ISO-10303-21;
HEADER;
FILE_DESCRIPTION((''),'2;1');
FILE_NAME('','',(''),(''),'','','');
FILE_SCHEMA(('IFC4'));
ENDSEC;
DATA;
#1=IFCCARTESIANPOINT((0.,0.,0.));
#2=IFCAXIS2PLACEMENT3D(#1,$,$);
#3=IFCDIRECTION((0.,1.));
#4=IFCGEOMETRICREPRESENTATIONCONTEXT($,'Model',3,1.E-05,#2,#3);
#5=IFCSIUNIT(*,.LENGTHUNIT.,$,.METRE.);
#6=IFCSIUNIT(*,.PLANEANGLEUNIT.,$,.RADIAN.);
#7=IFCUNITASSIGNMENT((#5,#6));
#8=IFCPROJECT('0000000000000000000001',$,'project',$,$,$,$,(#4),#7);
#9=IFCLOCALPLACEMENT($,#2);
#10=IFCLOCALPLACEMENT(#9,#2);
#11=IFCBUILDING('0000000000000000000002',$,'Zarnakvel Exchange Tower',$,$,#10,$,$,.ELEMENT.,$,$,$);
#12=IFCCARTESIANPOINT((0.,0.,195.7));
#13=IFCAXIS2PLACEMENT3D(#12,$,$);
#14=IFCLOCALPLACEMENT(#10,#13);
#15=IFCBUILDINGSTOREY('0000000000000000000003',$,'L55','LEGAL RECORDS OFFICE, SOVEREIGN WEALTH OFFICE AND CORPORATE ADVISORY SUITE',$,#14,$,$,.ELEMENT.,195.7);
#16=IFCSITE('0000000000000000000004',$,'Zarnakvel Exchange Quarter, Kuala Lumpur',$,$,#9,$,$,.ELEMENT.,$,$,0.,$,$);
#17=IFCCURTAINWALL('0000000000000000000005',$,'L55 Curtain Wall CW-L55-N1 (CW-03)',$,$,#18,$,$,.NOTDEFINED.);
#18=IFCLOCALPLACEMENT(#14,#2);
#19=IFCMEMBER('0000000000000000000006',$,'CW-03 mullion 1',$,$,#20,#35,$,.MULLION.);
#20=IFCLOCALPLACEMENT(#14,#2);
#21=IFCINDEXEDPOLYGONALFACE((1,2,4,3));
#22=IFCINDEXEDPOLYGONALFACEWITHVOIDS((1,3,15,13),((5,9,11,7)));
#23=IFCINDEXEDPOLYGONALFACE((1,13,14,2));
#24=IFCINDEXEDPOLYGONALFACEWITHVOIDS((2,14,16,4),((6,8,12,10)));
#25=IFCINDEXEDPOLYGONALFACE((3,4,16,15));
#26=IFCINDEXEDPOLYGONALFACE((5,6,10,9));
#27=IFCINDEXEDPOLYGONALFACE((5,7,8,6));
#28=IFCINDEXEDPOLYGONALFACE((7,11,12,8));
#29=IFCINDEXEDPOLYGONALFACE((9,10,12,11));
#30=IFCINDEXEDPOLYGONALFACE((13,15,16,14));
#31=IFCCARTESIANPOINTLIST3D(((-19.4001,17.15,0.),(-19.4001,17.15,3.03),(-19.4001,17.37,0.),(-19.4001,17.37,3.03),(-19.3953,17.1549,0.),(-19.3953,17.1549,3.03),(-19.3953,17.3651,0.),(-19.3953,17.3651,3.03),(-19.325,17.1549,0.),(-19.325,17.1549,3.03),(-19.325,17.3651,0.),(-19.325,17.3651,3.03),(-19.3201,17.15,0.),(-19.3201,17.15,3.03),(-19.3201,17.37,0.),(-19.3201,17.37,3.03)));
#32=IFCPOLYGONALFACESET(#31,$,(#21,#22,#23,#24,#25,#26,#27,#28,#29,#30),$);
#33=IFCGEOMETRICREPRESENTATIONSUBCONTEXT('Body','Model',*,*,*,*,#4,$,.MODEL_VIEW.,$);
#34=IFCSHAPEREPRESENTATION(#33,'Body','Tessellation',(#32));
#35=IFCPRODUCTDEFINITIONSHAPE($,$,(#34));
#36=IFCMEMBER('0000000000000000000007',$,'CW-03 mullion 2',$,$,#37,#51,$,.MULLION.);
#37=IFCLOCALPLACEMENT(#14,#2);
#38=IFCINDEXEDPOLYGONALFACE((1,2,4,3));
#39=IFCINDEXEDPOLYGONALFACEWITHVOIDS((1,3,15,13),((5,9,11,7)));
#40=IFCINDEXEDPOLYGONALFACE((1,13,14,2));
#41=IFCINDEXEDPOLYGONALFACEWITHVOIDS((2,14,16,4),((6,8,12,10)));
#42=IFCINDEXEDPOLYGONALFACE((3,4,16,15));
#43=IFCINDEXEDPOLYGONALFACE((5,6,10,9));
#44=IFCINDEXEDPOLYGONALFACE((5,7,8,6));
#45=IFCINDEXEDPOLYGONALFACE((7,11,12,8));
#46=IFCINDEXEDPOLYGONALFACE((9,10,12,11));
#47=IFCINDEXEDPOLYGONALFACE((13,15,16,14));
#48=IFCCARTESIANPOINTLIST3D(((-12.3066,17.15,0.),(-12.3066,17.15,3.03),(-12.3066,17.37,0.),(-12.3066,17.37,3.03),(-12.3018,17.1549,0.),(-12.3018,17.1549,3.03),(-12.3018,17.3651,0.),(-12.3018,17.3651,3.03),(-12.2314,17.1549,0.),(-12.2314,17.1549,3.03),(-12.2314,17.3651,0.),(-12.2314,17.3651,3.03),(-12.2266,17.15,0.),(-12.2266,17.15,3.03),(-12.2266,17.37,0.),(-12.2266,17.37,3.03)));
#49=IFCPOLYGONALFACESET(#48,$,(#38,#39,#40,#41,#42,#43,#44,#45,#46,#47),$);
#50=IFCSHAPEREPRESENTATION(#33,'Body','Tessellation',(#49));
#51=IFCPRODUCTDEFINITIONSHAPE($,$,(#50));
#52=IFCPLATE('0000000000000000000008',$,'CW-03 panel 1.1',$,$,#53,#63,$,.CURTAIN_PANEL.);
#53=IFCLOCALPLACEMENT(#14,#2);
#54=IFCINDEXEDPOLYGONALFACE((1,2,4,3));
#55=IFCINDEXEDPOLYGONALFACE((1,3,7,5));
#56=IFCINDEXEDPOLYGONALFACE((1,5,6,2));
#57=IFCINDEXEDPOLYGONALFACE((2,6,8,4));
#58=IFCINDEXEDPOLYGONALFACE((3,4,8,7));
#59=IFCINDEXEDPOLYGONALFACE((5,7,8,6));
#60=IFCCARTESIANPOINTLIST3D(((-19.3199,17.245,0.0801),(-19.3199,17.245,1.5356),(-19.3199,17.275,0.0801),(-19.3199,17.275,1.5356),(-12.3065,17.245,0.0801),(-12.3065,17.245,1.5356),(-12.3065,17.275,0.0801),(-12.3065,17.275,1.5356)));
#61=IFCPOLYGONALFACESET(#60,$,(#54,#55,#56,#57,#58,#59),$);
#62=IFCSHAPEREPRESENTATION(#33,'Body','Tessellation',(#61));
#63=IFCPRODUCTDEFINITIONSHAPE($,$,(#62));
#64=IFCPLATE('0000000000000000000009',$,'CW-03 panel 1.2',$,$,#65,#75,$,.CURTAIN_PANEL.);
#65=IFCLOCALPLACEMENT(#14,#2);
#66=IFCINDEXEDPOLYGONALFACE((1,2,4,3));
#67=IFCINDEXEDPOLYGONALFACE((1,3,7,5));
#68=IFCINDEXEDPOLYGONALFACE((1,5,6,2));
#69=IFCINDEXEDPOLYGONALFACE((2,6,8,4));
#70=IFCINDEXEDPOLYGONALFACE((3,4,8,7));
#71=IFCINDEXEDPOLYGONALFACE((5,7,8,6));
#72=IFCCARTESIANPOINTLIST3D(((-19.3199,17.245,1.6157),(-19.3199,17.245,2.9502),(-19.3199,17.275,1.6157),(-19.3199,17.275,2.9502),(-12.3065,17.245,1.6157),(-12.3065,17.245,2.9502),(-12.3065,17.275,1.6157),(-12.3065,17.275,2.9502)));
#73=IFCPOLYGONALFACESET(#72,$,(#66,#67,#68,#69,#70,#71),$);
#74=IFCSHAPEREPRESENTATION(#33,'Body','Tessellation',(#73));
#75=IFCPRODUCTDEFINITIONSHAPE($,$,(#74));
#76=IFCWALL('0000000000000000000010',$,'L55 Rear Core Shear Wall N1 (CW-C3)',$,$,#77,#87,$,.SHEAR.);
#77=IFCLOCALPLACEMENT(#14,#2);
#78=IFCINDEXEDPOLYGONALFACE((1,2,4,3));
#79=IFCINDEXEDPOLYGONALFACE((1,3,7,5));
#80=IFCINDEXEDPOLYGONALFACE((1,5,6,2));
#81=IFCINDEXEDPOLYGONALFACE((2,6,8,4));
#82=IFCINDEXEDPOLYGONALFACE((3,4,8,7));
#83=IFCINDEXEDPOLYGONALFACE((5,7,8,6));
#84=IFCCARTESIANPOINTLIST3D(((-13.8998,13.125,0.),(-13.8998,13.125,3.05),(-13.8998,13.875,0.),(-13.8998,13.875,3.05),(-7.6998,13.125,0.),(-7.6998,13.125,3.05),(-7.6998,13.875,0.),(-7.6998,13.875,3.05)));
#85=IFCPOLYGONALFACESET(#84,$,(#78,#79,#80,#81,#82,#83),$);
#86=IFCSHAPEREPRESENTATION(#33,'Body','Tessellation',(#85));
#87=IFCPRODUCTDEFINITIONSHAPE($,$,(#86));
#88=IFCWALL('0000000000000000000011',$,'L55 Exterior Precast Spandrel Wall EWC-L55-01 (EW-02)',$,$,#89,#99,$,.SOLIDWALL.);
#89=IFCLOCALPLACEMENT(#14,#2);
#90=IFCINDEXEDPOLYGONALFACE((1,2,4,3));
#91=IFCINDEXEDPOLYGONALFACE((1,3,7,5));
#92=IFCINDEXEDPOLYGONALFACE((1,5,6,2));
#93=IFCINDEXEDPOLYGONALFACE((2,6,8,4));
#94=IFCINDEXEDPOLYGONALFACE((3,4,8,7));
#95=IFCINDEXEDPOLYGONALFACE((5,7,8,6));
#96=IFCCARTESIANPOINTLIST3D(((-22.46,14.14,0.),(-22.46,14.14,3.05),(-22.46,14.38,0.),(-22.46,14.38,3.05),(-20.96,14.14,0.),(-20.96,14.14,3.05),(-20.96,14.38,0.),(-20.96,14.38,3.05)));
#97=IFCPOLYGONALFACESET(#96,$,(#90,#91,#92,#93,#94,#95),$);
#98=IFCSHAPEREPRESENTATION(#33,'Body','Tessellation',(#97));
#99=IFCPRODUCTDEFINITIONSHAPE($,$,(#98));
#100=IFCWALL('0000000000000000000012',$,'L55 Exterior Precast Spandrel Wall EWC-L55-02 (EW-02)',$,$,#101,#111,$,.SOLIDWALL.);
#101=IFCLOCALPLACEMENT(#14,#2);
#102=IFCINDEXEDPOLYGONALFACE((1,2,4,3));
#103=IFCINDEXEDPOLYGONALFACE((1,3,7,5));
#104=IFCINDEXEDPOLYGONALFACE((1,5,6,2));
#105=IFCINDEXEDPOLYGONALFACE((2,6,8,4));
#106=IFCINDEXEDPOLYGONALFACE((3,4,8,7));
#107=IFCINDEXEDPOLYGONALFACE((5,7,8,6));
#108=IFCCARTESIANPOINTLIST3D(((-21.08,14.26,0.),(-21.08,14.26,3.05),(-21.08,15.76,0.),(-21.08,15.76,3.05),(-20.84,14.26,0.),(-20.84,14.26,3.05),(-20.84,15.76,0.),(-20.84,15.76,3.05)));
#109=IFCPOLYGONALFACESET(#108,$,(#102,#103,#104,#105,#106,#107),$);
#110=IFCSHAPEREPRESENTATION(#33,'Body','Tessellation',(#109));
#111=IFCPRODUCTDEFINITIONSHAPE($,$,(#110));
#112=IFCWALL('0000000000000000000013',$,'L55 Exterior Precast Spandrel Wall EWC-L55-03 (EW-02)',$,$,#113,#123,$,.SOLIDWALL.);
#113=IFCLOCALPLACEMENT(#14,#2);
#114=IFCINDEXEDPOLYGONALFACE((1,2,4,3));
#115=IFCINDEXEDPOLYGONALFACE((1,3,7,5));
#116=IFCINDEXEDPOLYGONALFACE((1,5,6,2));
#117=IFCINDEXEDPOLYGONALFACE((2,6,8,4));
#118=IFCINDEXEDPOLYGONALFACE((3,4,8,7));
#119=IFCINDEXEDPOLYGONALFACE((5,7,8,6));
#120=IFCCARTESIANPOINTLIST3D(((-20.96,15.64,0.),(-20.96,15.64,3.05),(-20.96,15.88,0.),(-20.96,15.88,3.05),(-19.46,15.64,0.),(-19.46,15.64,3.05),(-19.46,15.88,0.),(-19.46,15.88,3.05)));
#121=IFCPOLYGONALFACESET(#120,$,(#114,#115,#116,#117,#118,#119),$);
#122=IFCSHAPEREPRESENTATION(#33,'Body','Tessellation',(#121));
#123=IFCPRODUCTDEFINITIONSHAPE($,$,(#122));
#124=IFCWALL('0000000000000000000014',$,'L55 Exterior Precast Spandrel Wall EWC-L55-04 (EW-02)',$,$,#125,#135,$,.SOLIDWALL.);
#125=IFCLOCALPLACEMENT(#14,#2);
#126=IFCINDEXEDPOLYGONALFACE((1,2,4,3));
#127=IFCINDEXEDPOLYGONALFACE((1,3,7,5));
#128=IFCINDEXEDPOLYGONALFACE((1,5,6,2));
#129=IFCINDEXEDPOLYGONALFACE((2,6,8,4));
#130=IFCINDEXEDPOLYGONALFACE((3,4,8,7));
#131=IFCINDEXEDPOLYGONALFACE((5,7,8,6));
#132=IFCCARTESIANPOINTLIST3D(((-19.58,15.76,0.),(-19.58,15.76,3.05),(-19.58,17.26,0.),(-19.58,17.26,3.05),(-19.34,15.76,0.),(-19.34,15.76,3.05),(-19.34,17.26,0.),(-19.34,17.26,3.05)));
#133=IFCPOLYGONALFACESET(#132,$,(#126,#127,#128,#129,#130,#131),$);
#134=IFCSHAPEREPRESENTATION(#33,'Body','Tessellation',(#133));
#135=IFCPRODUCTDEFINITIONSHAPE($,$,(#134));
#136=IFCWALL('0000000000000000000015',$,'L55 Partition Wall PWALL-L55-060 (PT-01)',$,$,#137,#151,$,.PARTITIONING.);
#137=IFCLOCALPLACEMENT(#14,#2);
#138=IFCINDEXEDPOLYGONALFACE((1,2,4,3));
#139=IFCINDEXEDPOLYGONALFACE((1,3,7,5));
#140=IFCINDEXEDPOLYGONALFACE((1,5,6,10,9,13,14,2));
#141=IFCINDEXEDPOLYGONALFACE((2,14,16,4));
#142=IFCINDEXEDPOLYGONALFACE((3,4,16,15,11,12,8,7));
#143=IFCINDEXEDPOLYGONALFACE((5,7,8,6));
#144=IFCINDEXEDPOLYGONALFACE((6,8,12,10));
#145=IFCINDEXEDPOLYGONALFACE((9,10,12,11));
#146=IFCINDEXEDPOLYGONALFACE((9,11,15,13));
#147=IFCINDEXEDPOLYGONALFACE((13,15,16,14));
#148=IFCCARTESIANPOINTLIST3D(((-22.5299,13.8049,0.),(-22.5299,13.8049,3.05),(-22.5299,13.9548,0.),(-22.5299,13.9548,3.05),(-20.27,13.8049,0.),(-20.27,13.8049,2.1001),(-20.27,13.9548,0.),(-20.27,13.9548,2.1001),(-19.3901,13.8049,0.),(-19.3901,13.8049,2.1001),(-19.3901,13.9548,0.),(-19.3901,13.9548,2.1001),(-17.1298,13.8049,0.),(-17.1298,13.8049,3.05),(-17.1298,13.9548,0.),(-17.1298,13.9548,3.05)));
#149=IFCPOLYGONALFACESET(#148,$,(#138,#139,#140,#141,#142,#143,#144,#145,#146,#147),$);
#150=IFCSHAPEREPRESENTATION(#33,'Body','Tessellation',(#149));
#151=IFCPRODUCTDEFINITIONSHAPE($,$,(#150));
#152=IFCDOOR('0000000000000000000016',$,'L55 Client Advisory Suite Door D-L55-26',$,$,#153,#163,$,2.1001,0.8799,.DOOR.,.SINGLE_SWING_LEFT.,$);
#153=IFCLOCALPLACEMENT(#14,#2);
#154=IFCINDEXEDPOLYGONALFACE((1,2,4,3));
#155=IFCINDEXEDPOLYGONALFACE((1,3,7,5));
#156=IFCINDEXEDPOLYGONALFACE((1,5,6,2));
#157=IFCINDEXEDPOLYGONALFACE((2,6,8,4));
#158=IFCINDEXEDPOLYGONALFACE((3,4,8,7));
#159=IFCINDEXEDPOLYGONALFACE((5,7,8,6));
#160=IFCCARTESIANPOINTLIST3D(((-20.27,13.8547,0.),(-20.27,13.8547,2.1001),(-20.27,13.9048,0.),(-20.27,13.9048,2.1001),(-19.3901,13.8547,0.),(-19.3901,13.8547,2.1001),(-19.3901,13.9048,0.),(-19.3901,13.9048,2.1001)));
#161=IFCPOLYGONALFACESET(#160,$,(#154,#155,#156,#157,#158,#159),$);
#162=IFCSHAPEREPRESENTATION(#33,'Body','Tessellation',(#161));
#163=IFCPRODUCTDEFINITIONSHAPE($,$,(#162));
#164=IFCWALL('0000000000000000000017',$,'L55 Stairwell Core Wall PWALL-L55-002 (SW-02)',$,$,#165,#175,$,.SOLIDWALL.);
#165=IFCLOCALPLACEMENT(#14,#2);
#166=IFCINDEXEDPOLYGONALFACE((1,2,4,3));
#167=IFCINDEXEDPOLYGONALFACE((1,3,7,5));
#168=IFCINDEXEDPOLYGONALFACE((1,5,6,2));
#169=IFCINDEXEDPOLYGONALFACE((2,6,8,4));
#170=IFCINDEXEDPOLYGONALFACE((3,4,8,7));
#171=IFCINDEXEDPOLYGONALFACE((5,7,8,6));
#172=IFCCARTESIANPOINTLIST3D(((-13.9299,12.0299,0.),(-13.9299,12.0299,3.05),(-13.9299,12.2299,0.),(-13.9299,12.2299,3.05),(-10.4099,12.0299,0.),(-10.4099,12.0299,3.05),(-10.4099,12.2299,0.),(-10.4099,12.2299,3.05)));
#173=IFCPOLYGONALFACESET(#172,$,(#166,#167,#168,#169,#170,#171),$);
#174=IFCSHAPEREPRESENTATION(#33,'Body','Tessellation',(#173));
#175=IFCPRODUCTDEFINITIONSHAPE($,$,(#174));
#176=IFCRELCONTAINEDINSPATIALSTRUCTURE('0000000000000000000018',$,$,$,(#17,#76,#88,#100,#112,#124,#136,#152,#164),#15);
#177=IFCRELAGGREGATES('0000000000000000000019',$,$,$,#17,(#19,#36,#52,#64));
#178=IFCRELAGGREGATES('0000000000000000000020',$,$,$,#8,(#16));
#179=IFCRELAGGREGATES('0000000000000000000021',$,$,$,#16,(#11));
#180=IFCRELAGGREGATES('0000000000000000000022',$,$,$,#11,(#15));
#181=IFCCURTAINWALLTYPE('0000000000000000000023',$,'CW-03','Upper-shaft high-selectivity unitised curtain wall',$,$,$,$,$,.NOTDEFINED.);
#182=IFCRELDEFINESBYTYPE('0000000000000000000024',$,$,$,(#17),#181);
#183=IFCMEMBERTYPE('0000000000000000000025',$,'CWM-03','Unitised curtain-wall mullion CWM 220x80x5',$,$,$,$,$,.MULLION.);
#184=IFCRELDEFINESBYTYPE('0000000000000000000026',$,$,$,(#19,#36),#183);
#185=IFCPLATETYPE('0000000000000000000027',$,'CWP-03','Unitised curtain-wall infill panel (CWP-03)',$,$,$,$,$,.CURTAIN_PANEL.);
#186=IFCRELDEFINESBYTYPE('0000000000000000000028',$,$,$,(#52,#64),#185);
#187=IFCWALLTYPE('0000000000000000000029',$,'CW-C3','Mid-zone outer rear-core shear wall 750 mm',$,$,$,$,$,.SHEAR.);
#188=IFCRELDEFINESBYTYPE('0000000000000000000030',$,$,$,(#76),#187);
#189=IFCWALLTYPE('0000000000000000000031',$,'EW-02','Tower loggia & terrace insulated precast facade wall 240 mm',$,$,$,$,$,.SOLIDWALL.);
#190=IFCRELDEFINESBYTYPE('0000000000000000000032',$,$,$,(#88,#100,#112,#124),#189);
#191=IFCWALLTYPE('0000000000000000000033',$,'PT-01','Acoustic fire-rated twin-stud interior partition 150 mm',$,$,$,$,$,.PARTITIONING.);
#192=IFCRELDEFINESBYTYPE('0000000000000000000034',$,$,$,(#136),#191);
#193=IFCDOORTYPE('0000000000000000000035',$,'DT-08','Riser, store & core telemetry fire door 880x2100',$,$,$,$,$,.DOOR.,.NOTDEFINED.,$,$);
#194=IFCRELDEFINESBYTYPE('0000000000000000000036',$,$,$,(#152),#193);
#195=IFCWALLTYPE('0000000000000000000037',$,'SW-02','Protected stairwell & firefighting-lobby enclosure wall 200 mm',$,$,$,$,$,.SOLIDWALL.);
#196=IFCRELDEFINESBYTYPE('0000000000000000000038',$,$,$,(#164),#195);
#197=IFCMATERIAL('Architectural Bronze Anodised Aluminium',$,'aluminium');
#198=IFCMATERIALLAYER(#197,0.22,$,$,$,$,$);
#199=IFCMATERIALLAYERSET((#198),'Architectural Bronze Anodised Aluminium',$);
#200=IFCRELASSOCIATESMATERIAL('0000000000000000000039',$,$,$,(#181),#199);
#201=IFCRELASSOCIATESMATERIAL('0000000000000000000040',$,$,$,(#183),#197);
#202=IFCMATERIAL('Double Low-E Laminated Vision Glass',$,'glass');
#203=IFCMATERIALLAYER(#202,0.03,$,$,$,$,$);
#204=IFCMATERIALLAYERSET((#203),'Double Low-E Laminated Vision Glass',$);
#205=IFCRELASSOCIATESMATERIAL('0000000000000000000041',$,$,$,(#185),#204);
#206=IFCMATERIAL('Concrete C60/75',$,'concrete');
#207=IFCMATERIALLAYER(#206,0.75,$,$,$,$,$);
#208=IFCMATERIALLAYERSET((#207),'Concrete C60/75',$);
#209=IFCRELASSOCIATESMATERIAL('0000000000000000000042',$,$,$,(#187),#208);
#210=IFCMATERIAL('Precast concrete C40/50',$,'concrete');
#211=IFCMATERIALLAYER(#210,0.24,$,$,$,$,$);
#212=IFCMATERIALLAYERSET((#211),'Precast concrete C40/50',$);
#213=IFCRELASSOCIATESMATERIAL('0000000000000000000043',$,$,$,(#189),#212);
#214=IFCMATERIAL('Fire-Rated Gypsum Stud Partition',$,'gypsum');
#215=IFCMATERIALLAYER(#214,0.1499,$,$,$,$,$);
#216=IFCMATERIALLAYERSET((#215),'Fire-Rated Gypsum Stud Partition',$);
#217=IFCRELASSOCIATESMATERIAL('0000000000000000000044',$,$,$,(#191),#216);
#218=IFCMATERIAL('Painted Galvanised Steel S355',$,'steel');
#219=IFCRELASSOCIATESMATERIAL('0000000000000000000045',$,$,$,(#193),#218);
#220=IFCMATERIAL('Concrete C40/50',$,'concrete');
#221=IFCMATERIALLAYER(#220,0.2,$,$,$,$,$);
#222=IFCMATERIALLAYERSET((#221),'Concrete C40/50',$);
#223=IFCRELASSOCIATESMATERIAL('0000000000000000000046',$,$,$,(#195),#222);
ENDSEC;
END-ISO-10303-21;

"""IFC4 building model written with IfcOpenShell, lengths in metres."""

from ifc_helpers import new_model, si_unit, direction, frame, frame_2d, origin, origin_2d, place, context, subcontext, project, spatial, rectangle, hollow_rectangle, extrude, source, transform, mapped, material, layer, layer_set, material_profile, profile_set, type_object, element, fill, aggregate, save


model = new_model("IFC4")

# Units and contexts
model_context = context("Model", 3, precision=1e-05, world=origin(), true_north=direction((0.0, 1.0)))
body_context = subcontext(model_context, "Body", "Model", "MODEL_VIEW")
ifc_project = project(units=[si_unit("LENGTHUNIT", "METRE"), si_unit("PLANEANGLEUNIT", "RADIAN")], contexts=[model_context])

# Site, building, storey
site_placement = place(None, origin())
site = spatial("IfcSite", under=ifc_project, at=site_placement, Name="Zarnakvel Exchange Quarter, Kuala Lumpur", CompositionType="ELEMENT", RefElevation=0.0)
building_placement = place(site_placement, origin())
building = spatial("IfcBuilding", under=site, at=building_placement, Name="Zarnakvel Exchange Tower", CompositionType="ELEMENT")
storey_placement = place(building_placement, frame((0.0, 0.0, 195.7)))
storey = spatial("IfcBuildingStorey", under=building, at=storey_placement, Name="L55", Description="LEGAL RECORDS OFFICE, SOVEREIGN WEALTH OFFICE AND CORPORATE ADVISORY SUITE", CompositionType="ELEMENT", Elevation=195.7)

# Shared definitions
ifc_material_1 = material(Name="Concrete C60/75", Category="concrete")

# Shared definitions
ifc_material_2 = material(Name="Architectural Bronze Anodised Aluminium", Category="aluminium")

# Curtain wall, members, plates
ifc_layer_1 = layer(ifc_material_2, 0.22)
ifc_layer_set_1 = layer_set([ifc_layer_1], Name="Architectural Bronze Anodised Aluminium")
curtain_wall_type_1 = type_object("IfcCurtainWallType", Name="CW-03", Description="Upper-shaft high-selectivity unitised curtain wall", PredefinedType="NOTDEFINED", material=ifc_layer_set_1)
curtain_wall_1_placement = place(storey_placement, origin())
curtain_wall_1 = element("IfcCurtainWall", 1, at=curtain_wall_1_placement, inside=storey, type_object=curtain_wall_type_1, Name="L55 Curtain Wall CW-L55-N1 (CW-03)", PredefinedType="NOTDEFINED")
ifc_material_profile_1 = material_profile(ifc_material_2, hollow_rectangle(XDim=0.22, YDim=0.0801, WallThickness=0.0049, at=origin_2d()))
ifc_profile_set_1 = profile_set([ifc_material_profile_1], Name="Architectural Bronze Anodised Aluminium")
member_type_1 = type_object("IfcMemberType", Name="CWM-03", Description="Unitised curtain-wall mullion CWM 220x80x5", PredefinedType="MULLION", material=ifc_profile_set_1)
shared_shape_1 = source(origin(), body_context, "Body", "SweptSolid", [
    extrude(hollow_rectangle(XDim=0.22, YDim=0.0801, WallThickness=0.0049, at=origin_2d()), origin(), (0.0, 0.0, 1.0), 3.03),
])
member_1_placement = place(storey_placement, frame((-19.3601, 17.26, 0.0), z_axis=(0.0, 0.0, 1.0), x_axis=(0.0, 1.0, 0.0)))
member_1 = element("IfcMember", 2, at=member_1_placement, type_object=member_type_1, Name="CW-03 mullion 1", PredefinedType="MULLION", context=body_context, shape_type="MappedRepresentation", body=[
    mapped(shared_shape_1, transform((0.0, 0.0, 0.0), x_axis=(1.0, 0.0, 0.0), y_axis=(0.0, 1.0, 0.0), z_axis=(0.0, 0.0, 1.0), scale=1.0)),
])
member_2_placement = place(storey_placement, frame((-12.2666, 17.26, 0.0), z_axis=(0.0, 0.0, 1.0), x_axis=(0.0, 1.0, 0.0)))
member_2 = element("IfcMember", 3, at=member_2_placement, type_object=member_type_1, Name="CW-03 mullion 2", PredefinedType="MULLION", context=body_context, shape_type="MappedRepresentation", body=[
    mapped(shared_shape_1, transform((0.0, 0.0, 0.0), x_axis=(1.0, 0.0, 0.0), y_axis=(0.0, 1.0, 0.0), z_axis=(0.0, 0.0, 1.0), scale=1.0)),
])
ifc_material_3 = material(Name="Double Low-E Laminated Vision Glass", Category="glass")
ifc_layer_2 = layer(ifc_material_3, 0.03)
ifc_layer_set_2 = layer_set([ifc_layer_2], Name="Double Low-E Laminated Vision Glass")
plate_type = type_object("IfcPlateType", Name="CWP-03", Description="Unitised curtain-wall infill panel (CWP-03)", PredefinedType="CURTAIN_PANEL", material=ifc_layer_set_2)
shared_shape_2 = source(origin(), body_context, "Body", "SweptSolid", [
    extrude(rectangle(XDim=7.0134, YDim=0.03, at=origin_2d()), origin(), (0.0, 0.0, 1.0), 1.4556),
])
plate_1_placement = place(storey_placement, frame((-15.8132, 17.26, 0.0801), z_axis=(0.0, 0.0, 1.0), x_axis=(1.0, 0.0, 0.0)))
plate_1 = element("IfcPlate", 4, at=plate_1_placement, type_object=plate_type, Name="CW-03 panel 1.1", PredefinedType="CURTAIN_PANEL", context=body_context, shape_type="MappedRepresentation", body=[
    mapped(shared_shape_2, transform((0.0, 0.0, 0.0), x_axis=(1.0, 0.0, 0.0), y_axis=(0.0, 1.0, 0.0), z_axis=(0.0, 0.0, 1.0), scale=1.0)),
])
shared_shape_3 = source(origin(), body_context, "Body", "SweptSolid", [
    extrude(rectangle(XDim=7.0134, YDim=0.03, at=origin_2d()), origin(), (0.0, 0.0, 1.0), 1.3345),
])
plate_2_placement = place(storey_placement, frame((-15.8132, 17.26, 1.6157), z_axis=(0.0, 0.0, 1.0), x_axis=(1.0, 0.0, 0.0)))
plate_2 = element("IfcPlate", 5, at=plate_2_placement, type_object=plate_type, Name="CW-03 panel 1.2", PredefinedType="CURTAIN_PANEL", context=body_context, shape_type="MappedRepresentation", body=[
    mapped(shared_shape_3, transform((0.0, 0.0, 0.0), x_axis=(1.0, 0.0, 0.0), y_axis=(0.0, 1.0, 0.0), z_axis=(0.0, 0.0, 1.0), scale=1.0)),
])
aggregate(curtain_wall_1, [member_1, member_2, plate_1, plate_2])

# Walls
ifc_layer_3 = layer(ifc_material_1, 0.75)
ifc_layer_set_3 = layer_set([ifc_layer_3], Name="Concrete C60/75")
wall_type_1 = type_object("IfcWallType", Name="CW-C3", Description="Mid-zone outer rear-core shear wall 750 mm", PredefinedType="SHEAR", material=ifc_layer_set_3)
wall_1_placement = place(storey_placement, frame((-13.8999, 13.5, 0.0), z_axis=(0.0, 0.0, 1.0), x_axis=(1.0, 0.0, 0.0)))
element("IfcWall", 6, at=wall_1_placement, inside=storey, type_object=wall_type_1, Name="L55 Rear Core Shear Wall N1 (CW-C3)", PredefinedType="SHEAR", context=body_context, shape_type="SweptSolid", body=[
    extrude(rectangle(XDim=6.2, YDim=0.75, at=frame_2d((3.1001, 0.0))), origin(), (0.0, 0.0, 1.0), 3.05),
])
ifc_material_4 = material(Name="Precast concrete C40/50", Category="concrete")
ifc_layer_4 = layer(ifc_material_4, 0.24)
ifc_layer_set_4 = layer_set([ifc_layer_4], Name="Precast concrete C40/50")
wall_type_2 = type_object("IfcWallType", Name="EW-02", Description="Tower loggia & terrace insulated precast facade wall 240 mm", PredefinedType="SOLIDWALL", material=ifc_layer_set_4)
for number, where, z_axis, x_axis, name in (
    (7, (-20.96, 14.26, 0.0), (0.0, 0.0, 1.0), (-1.0, 0.0, 0.0), "L55 Exterior Precast Spandrel Wall EWC-L55-01 (EW-02)"),
    (8, (-20.96, 15.76, 0.0), (0.0, 0.0, 1.0), (0.0, -1.0, 0.0), "L55 Exterior Precast Spandrel Wall EWC-L55-02 (EW-02)"),
    (9, (-19.46, 15.76, 0.0), (0.0, 0.0, 1.0), (-1.0, 0.0, 0.0), "L55 Exterior Precast Spandrel Wall EWC-L55-03 (EW-02)"),
    (10, (-19.46, 17.26, 0.0), (0.0, 0.0, 1.0), (0.0, -1.0, 0.0), "L55 Exterior Precast Spandrel Wall EWC-L55-04 (EW-02)"),
):
    element("IfcWall", number, at=place(storey_placement, frame(where, z_axis=z_axis, x_axis=x_axis)), inside=storey, type_object=wall_type_2, Name=name, PredefinedType="SOLIDWALL", context=body_context, shape_type="SweptSolid", body=[
        extrude(rectangle(XDim=1.5, YDim=0.24, at=frame_2d((0.75, 0.0))), origin(), (0.0, 0.0, 1.0), 3.05),
    ])

# Wall, opening, door
ifc_material_5 = material(Name="Fire-Rated Gypsum Stud Partition", Category="gypsum")
ifc_layer_5 = layer(ifc_material_5, 0.1499)
ifc_layer_set_5 = layer_set([ifc_layer_5], Name="Fire-Rated Gypsum Stud Partition")
wall_type_3 = type_object("IfcWallType", Name="PT-01", Description="Acoustic fire-rated twin-stud interior partition 150 mm", PredefinedType="PARTITIONING", material=ifc_layer_set_5)
wall_2_placement = place(storey_placement, frame((-22.53, 13.8799, 0.0), z_axis=(0.0, 0.0, 1.0), x_axis=(1.0, 0.0, 0.0)))
wall_2 = element("IfcWall", 11, at=wall_2_placement, inside=storey, type_object=wall_type_3, Name="L55 Partition Wall PWALL-L55-060 (PT-01)", PredefinedType="PARTITIONING", context=body_context, shape_type="SweptSolid", body=[
    extrude(rectangle(XDim=5.4001, YDim=0.1499, at=frame_2d((2.7002, 0.0))), origin(), (0.0, 0.0, 1.0), 3.05),
])
opening_placement = place(wall_2_placement, frame((2.26, 0.0, 0.0)))
opening = element("IfcOpeningElement", 12, at=opening_placement, cuts=wall_2, PredefinedType="OPENING", context=body_context, shape_type="SweptSolid", body=[
    extrude(rectangle(XDim=0.8799, YDim=2.1001, at=frame_2d((0.4399, 1.05))), frame((0.0, 0.085, 0.0), z_axis=(0.0, -1.0, 0.0), x_axis=(1.0, 0.0, 0.0)), (0.0, 0.0, 1.0), 0.1699),
])
ifc_material_6 = material(Name="Painted Galvanised Steel S355", Category="steel")
door_type = type_object("IfcDoorType", Name="DT-08", Description="Riser, store & core telemetry fire door 880x2100", OperationType="NOTDEFINED", PredefinedType="DOOR", material=ifc_material_6)
shared_shape_4 = source(origin(), body_context, "Body", "SweptSolid", [
    extrude(rectangle(XDim=0.8799, YDim=2.1001, at=frame_2d((0.4399, 1.05))), frame((0.0, 0.0249, 0.0), z_axis=(0.0, -1.0, 0.0), x_axis=(1.0, 0.0, 0.0)), (0.0, 0.0, 1.0), 0.05),
])
door_placement = place(opening_placement, origin())
door = element("IfcDoor", 13, at=door_placement, inside=storey, type_object=door_type, Name="L55 Client Advisory Suite Door D-L55-26", OperationType="SINGLE_SWING_LEFT", OverallHeight=2.1001, OverallWidth=0.8799, PredefinedType="DOOR", context=body_context, shape_type="MappedRepresentation", body=[
    mapped(shared_shape_4, transform((0.0, 0.0, 0.0), x_axis=(1.0, 0.0, 0.0), y_axis=(0.0, 1.0, 0.0), z_axis=(0.0, 0.0, 1.0), scale=1.0)),
])
fill(opening, door)

# Wall
ifc_material_7 = material(Name="Concrete C40/50", Category="concrete")
ifc_layer_6 = layer(ifc_material_7, 0.2)
ifc_layer_set_6 = layer_set([ifc_layer_6], Name="Concrete C40/50")
wall_type_4 = type_object("IfcWallType", Name="SW-02", Description="Protected stairwell & firefighting-lobby enclosure wall 200 mm", PredefinedType="SOLIDWALL", material=ifc_layer_set_6)
wall_3_placement = place(storey_placement, frame((-13.9299, 12.1299, 0.0), z_axis=(0.0, 0.0, 1.0), x_axis=(1.0, 0.0, 0.0)))
element("IfcWall", 14, at=wall_3_placement, inside=storey, type_object=wall_type_4, Name="L55 Stairwell Core Wall PWALL-L55-002 (SW-02)", PredefinedType="SOLIDWALL", context=body_context, shape_type="SweptSolid", body=[
    extrude(rectangle(XDim=3.52, YDim=0.2, at=frame_2d((1.76, 0.0))), origin(), (0.0, 0.0, 1.0), 3.05),
])

save(model, "model.ifc")
